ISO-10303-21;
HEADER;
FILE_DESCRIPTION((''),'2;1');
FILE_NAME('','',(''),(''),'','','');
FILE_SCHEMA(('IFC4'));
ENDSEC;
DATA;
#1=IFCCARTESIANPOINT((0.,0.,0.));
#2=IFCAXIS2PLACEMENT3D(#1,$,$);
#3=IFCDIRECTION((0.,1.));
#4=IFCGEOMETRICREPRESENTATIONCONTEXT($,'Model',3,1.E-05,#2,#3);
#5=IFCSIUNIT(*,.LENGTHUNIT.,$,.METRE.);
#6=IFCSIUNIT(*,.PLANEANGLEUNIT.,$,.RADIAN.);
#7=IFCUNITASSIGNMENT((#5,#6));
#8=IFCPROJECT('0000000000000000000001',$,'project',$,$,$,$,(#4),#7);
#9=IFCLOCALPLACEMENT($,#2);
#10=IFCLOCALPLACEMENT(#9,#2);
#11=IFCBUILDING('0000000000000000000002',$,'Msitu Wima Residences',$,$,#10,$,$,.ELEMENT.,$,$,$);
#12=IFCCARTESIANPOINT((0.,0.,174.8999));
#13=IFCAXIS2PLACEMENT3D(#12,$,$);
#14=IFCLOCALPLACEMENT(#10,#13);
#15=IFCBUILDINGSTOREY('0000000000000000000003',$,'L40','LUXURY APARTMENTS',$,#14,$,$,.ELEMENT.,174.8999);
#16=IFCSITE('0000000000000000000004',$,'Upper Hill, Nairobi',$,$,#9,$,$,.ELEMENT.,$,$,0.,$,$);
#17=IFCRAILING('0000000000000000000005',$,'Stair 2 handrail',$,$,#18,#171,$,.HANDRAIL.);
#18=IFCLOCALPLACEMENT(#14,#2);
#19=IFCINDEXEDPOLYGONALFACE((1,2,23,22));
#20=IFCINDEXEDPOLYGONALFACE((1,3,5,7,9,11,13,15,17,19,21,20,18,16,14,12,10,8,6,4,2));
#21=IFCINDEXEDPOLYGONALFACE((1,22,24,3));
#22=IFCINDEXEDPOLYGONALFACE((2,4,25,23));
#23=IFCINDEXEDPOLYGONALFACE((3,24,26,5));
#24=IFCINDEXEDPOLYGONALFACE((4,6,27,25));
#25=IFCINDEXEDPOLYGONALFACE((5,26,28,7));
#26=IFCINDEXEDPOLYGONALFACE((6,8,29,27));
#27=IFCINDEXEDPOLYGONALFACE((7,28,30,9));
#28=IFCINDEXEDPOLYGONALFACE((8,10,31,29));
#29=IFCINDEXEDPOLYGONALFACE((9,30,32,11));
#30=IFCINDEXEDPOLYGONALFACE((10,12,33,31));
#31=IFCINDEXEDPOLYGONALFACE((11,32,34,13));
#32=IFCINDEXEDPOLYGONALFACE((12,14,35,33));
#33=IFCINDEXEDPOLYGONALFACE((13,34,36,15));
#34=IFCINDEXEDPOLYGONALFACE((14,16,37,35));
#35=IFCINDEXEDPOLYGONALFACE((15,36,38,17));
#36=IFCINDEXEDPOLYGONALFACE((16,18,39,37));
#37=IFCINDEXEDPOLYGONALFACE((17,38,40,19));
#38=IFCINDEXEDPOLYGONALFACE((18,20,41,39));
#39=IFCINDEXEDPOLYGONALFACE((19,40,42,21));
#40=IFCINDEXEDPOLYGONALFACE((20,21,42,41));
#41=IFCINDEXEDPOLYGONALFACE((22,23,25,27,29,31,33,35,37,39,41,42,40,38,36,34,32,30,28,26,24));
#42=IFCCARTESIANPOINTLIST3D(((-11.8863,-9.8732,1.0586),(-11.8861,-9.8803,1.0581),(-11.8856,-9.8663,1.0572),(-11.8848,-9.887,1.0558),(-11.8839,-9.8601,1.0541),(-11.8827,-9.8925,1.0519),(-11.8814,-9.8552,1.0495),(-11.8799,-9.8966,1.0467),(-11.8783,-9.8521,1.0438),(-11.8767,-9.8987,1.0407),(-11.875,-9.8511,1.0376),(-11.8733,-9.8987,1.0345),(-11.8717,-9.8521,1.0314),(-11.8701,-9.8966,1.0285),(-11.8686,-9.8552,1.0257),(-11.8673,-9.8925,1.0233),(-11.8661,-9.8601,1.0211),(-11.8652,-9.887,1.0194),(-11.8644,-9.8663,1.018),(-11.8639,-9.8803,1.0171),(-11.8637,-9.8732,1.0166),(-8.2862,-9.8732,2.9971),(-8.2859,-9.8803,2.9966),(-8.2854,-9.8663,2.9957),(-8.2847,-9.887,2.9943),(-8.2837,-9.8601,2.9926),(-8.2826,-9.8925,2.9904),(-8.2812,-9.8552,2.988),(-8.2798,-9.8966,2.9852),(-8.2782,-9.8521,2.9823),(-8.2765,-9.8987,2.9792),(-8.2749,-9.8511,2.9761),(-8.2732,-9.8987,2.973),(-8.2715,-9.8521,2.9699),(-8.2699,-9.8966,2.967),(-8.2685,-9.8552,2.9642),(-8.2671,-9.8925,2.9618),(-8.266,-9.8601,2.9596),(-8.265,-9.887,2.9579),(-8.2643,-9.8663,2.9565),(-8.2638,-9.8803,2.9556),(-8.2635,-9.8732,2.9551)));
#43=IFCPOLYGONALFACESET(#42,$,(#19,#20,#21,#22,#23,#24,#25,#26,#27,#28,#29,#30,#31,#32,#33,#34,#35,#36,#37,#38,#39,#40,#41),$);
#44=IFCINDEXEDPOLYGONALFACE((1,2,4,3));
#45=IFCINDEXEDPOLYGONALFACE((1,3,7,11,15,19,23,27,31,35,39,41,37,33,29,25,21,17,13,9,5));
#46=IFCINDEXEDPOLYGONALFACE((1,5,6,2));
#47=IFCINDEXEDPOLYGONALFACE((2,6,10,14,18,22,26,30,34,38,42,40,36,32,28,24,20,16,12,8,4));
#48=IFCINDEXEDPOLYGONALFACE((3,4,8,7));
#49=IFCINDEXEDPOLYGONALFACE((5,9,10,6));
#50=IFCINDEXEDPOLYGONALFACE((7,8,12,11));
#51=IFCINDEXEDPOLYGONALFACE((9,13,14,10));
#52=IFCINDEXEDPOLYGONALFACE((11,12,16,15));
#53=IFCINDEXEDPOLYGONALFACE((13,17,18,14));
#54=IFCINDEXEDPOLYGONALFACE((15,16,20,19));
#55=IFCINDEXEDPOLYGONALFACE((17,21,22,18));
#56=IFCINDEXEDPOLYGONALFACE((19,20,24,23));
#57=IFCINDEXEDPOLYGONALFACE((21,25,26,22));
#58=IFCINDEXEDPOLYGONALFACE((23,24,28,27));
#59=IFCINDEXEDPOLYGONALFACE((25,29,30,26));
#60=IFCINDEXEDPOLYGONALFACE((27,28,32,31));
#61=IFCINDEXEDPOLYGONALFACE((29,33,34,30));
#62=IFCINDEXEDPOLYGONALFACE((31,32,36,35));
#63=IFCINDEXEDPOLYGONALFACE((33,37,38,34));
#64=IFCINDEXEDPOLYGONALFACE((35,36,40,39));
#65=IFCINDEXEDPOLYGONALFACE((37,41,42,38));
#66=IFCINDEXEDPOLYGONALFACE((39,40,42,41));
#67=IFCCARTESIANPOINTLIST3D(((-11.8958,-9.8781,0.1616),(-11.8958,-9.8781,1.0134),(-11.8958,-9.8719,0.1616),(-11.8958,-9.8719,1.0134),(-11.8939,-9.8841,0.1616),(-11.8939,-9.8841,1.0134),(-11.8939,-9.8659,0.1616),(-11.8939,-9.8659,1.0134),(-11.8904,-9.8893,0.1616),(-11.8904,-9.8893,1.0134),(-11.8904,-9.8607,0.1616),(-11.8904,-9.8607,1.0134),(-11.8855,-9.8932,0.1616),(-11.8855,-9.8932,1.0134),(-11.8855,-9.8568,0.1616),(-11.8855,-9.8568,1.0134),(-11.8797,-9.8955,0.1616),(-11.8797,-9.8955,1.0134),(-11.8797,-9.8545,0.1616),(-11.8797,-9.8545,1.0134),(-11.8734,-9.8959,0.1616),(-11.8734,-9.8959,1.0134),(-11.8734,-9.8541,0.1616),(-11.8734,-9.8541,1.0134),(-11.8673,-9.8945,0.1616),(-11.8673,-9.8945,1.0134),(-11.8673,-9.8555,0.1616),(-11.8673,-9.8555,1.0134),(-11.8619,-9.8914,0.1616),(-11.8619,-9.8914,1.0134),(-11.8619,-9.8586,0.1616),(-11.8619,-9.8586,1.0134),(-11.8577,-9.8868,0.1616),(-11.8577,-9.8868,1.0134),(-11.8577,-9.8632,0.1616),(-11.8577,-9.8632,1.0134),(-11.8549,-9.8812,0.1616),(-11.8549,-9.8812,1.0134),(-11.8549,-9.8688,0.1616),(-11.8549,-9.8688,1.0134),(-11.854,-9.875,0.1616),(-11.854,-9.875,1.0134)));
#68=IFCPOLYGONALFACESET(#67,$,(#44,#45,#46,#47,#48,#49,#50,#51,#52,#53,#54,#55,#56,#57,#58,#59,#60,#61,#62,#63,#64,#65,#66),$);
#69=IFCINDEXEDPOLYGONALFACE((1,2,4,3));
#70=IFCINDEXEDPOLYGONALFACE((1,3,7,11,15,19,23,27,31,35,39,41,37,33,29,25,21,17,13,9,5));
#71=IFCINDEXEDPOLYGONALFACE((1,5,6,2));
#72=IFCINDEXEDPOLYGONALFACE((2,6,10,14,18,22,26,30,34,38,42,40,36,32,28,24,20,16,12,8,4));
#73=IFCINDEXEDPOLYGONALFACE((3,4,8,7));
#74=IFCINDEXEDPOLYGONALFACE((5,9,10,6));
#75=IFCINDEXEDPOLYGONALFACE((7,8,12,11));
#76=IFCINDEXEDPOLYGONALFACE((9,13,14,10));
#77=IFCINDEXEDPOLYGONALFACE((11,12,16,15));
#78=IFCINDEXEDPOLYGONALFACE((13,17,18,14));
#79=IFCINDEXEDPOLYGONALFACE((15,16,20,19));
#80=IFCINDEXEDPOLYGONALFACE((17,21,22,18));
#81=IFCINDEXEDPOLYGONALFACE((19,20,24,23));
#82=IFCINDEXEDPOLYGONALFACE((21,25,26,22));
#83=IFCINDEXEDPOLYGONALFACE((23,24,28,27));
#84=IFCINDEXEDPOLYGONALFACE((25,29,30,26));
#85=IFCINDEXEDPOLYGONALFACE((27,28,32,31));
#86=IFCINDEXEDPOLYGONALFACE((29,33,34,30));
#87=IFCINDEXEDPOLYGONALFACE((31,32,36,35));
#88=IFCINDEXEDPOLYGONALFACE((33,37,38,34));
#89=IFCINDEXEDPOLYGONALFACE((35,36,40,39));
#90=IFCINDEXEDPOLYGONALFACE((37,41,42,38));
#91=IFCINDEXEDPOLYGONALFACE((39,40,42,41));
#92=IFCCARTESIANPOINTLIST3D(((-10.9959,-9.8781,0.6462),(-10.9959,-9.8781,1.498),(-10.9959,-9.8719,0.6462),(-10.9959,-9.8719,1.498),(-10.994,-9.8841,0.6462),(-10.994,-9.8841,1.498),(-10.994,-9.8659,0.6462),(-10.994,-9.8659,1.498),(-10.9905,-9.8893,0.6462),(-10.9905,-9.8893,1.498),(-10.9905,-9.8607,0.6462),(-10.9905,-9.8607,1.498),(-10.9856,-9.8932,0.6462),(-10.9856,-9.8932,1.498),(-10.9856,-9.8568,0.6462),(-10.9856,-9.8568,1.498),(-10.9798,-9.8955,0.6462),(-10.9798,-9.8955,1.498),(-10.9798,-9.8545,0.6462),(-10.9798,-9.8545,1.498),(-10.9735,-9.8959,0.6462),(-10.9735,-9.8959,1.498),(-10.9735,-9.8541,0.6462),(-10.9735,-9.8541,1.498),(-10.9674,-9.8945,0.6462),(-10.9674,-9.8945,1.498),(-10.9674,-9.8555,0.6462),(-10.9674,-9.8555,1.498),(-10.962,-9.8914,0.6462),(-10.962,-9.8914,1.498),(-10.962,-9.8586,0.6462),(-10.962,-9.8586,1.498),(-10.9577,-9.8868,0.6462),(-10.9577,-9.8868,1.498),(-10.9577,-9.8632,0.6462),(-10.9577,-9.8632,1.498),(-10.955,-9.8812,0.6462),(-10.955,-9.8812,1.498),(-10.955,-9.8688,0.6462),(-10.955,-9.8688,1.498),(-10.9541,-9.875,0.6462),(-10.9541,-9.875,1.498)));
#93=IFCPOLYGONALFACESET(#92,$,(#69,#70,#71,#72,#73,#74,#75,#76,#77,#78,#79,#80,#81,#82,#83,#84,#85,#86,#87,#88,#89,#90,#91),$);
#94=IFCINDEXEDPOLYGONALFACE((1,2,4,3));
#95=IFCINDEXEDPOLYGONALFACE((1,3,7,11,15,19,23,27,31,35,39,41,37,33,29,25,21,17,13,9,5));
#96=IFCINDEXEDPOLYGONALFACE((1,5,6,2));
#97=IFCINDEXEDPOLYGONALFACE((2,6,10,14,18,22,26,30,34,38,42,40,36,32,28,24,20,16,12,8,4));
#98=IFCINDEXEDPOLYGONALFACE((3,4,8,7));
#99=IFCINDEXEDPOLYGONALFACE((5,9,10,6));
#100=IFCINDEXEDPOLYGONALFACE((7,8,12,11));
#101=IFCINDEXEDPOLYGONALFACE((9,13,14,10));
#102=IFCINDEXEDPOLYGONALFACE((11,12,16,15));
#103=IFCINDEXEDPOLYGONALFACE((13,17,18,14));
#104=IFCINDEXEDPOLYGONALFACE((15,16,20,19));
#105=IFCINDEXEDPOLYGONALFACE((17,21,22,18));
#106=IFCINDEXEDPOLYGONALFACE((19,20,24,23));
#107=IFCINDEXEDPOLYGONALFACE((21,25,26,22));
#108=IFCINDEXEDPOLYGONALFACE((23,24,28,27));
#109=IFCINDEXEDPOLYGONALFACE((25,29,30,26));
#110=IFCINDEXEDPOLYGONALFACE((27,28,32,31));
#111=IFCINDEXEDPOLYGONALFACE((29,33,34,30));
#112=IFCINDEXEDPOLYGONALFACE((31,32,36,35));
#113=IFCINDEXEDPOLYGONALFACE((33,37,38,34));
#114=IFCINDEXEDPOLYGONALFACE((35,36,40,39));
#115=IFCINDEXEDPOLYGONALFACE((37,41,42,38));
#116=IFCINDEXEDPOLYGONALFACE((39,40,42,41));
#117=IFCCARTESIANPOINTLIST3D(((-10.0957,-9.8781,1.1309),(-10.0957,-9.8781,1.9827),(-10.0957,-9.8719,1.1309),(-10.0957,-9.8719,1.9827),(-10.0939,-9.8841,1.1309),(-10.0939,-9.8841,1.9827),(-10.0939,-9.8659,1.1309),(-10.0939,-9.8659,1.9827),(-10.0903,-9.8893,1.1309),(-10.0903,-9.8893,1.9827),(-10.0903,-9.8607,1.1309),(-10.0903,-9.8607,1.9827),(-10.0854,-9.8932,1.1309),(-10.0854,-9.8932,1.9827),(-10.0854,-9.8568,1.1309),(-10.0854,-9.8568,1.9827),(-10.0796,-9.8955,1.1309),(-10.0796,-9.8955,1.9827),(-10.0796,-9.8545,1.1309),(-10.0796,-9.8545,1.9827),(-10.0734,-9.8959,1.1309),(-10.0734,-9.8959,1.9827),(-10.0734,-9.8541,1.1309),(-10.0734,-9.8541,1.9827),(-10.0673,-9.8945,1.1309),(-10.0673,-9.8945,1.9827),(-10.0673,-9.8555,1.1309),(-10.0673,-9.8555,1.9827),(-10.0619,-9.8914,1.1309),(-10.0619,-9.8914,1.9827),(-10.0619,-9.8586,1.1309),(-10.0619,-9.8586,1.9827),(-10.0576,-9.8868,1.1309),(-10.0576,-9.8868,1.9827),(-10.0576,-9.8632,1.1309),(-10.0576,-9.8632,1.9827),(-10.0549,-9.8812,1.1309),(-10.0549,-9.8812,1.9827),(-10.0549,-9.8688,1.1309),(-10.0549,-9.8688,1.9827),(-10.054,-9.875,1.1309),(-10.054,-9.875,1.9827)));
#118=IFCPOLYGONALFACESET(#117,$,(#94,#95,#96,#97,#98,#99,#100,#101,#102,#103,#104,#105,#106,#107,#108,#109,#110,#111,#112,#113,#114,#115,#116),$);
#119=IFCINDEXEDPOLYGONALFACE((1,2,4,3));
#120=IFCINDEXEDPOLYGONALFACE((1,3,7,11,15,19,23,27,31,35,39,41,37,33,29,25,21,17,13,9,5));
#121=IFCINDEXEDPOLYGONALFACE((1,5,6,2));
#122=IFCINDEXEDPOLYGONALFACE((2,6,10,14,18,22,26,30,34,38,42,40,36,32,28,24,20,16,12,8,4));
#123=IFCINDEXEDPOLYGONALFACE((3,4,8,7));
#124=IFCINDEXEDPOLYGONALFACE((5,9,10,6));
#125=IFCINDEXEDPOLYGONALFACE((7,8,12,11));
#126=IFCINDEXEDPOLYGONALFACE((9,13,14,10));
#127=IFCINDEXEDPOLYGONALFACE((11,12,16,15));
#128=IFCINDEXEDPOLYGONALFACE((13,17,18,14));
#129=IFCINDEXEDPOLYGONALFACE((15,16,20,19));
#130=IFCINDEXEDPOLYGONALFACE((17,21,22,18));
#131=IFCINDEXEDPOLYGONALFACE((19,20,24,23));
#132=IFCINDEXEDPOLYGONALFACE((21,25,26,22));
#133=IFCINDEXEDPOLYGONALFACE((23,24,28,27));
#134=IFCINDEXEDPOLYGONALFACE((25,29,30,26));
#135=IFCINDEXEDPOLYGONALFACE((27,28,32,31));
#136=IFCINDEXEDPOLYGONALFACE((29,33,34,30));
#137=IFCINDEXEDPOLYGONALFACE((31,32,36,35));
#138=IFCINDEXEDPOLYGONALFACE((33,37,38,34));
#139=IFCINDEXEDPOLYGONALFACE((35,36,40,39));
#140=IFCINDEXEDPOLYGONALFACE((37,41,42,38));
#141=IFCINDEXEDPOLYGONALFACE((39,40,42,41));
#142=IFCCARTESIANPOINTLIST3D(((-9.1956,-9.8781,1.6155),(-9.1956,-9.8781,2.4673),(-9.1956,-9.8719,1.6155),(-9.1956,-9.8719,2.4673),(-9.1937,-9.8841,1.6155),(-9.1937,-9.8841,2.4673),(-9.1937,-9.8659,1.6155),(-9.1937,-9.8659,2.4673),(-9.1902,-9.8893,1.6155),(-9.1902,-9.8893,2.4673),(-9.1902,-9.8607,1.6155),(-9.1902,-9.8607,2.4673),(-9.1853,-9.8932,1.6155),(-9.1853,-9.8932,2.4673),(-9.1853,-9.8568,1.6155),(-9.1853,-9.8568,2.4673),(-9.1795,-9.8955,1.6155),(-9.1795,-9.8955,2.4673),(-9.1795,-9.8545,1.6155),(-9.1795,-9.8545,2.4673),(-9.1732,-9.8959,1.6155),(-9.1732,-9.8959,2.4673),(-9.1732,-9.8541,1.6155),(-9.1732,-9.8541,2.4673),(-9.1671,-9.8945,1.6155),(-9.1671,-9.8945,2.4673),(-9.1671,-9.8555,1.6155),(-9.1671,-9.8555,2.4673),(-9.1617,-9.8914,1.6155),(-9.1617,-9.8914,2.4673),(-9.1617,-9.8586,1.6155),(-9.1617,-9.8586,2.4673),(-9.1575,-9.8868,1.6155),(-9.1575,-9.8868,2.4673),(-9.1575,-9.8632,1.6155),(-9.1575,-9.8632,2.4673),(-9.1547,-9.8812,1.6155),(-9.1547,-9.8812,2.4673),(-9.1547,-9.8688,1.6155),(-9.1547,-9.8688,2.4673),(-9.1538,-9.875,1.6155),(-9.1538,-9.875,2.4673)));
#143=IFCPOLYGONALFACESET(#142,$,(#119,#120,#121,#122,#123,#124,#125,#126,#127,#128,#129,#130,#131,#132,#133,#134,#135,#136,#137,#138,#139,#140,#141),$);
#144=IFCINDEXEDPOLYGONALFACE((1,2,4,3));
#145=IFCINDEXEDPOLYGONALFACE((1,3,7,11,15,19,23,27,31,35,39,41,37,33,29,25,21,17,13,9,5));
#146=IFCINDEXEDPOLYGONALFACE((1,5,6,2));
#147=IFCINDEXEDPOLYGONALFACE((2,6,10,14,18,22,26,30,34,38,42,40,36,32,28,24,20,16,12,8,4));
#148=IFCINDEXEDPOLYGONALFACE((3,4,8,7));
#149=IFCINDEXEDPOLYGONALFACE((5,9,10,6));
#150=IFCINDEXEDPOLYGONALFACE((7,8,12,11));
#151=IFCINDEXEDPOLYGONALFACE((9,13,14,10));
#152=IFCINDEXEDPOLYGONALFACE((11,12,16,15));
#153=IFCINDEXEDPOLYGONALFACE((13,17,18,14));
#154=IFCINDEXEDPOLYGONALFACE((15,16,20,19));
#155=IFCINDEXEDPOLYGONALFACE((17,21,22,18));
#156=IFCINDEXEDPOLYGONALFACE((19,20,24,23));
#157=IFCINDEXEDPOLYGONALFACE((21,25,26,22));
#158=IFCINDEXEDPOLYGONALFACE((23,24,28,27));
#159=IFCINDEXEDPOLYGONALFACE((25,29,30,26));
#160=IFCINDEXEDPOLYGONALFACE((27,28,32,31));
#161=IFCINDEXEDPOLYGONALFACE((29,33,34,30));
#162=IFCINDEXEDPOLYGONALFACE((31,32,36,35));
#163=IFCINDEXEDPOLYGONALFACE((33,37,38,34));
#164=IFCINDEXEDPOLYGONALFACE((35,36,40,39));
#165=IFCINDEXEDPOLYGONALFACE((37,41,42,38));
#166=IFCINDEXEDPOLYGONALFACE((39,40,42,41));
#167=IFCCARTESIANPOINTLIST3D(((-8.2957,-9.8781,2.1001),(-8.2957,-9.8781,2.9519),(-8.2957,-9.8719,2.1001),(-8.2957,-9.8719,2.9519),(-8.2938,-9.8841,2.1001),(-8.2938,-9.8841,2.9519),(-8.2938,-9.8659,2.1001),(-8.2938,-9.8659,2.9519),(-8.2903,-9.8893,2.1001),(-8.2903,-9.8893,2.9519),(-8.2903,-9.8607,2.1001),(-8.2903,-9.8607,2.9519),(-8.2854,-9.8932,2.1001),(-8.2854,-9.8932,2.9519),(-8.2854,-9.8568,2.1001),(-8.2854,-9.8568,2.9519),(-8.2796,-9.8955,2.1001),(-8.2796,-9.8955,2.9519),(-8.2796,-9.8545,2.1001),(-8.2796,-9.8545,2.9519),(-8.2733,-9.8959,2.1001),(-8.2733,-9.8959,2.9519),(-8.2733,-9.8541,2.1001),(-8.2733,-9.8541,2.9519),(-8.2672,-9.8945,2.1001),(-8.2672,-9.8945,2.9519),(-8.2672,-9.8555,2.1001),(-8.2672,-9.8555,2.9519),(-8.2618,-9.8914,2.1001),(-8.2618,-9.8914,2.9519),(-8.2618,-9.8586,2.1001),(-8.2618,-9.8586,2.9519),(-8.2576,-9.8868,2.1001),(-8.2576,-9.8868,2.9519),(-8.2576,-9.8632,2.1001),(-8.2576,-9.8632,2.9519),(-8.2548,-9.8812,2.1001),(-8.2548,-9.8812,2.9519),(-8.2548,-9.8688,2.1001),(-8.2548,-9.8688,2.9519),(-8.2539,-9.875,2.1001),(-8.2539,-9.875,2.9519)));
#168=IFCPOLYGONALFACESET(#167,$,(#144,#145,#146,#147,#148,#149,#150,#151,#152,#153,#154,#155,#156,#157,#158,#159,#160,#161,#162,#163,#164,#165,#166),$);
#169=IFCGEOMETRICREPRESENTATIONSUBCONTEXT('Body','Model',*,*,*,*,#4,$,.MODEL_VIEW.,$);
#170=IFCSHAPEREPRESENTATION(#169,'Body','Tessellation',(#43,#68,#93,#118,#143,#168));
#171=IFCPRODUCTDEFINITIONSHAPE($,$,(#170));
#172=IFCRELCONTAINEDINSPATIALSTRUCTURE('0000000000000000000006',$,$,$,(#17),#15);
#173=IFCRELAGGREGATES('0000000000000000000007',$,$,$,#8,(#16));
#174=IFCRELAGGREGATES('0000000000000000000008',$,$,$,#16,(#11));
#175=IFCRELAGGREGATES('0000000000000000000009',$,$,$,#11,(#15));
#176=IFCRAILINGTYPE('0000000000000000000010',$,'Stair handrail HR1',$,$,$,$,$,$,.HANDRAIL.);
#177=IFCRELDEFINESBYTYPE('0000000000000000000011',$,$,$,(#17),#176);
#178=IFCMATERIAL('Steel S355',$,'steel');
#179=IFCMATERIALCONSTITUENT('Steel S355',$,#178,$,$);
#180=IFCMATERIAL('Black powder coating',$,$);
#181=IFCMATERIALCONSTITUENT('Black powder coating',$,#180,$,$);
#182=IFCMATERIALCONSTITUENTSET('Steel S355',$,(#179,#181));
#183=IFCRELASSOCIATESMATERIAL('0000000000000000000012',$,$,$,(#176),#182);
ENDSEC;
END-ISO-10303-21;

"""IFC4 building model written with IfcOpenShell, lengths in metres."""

from ifc_helpers import new_model, si_unit, direction, frame, origin, origin_2d, place, context, subcontext, project, spatial, circle, extrude, material, constituent, constituent_set, type_object, element, save


model = new_model("IFC4")

# Units and contexts
model_context = context("Model", 3, precision=1e-05, world=origin(), true_north=direction((0.0, 1.0)))
body_context = subcontext(model_context, "Body", "Model", "MODEL_VIEW")
ifc_project = project(units=[si_unit("LENGTHUNIT", "METRE"), si_unit("PLANEANGLEUNIT", "RADIAN")], contexts=[model_context])

# Site, building, storey
site_placement = place(None, origin())
site = spatial("IfcSite", under=ifc_project, at=site_placement, Name="Upper Hill, Nairobi", CompositionType="ELEMENT", RefElevation=0.0)
building_placement = place(site_placement, origin())
building = spatial("IfcBuilding", under=site, at=building_placement, Name="Msitu Wima Residences", CompositionType="ELEMENT")
storey_placement = place(building_placement, frame((0.0, 0.0, 174.8999)))
storey = spatial("IfcBuildingStorey", under=building, at=storey_placement, Name="L40", Description="LUXURY APARTMENTS", CompositionType="ELEMENT", Elevation=174.8999)

# Railing
ifc_material_1 = material(Name="Steel S355", Category="steel")
ifc_constituent_1 = constituent(ifc_material_1, Name="Steel S355")
ifc_material_2 = material(Name="Black powder coating")
ifc_constituent_2 = constituent(ifc_material_2, Name="Black powder coating")
ifc_constituent_set = constituent_set(constituents=[ifc_constituent_1, ifc_constituent_2], Name="Steel S355")
railing_type = type_object("IfcRailingType", Name="Stair handrail HR1", PredefinedType="HANDRAIL", material=ifc_constituent_set)
for number, where, name in (
    (1, (-11.875, -9.875, 0.1616), "Stair 2 handrail"),
):
    element("IfcRailing", number, at=place(storey_placement, frame(where)), inside=storey, type_object=railing_type, Name=name, PredefinedType="HANDRAIL", context=body_context, shape_type="SweptSolid", body=[
        extrude(circle(Radius=0.0239, at=origin_2d()), frame((0.0, 0.0, 0.876), z_axis=(0.880475, 0.0, 0.474093), x_axis=(0.0, 1.0, 0.0)), (0.0, 0.0, 1.0), 4.0889),
        extrude(circle(Radius=0.021, at=origin_2d()), origin(), (0.0, 0.0, 1.0), 0.8518),
        extrude(circle(Radius=0.021, at=origin_2d()), frame((0.8999, 0.0, 0.4846)), (0.0, 0.0, 1.0), 0.8518),
        extrude(circle(Radius=0.021, at=origin_2d()), frame((1.8, 0.0, 0.9692)), (0.0, 0.0, 1.0), 0.8518),
        extrude(circle(Radius=0.021, at=origin_2d()), frame((2.7002, 0.0, 1.4539)), (0.0, 0.0, 1.0), 0.8518),
        extrude(circle(Radius=0.021, at=origin_2d()), frame((3.6001, 0.0, 1.9385)), (0.0, 0.0, 1.0), 0.8518),
    ])

save(model, "model.ifc")
